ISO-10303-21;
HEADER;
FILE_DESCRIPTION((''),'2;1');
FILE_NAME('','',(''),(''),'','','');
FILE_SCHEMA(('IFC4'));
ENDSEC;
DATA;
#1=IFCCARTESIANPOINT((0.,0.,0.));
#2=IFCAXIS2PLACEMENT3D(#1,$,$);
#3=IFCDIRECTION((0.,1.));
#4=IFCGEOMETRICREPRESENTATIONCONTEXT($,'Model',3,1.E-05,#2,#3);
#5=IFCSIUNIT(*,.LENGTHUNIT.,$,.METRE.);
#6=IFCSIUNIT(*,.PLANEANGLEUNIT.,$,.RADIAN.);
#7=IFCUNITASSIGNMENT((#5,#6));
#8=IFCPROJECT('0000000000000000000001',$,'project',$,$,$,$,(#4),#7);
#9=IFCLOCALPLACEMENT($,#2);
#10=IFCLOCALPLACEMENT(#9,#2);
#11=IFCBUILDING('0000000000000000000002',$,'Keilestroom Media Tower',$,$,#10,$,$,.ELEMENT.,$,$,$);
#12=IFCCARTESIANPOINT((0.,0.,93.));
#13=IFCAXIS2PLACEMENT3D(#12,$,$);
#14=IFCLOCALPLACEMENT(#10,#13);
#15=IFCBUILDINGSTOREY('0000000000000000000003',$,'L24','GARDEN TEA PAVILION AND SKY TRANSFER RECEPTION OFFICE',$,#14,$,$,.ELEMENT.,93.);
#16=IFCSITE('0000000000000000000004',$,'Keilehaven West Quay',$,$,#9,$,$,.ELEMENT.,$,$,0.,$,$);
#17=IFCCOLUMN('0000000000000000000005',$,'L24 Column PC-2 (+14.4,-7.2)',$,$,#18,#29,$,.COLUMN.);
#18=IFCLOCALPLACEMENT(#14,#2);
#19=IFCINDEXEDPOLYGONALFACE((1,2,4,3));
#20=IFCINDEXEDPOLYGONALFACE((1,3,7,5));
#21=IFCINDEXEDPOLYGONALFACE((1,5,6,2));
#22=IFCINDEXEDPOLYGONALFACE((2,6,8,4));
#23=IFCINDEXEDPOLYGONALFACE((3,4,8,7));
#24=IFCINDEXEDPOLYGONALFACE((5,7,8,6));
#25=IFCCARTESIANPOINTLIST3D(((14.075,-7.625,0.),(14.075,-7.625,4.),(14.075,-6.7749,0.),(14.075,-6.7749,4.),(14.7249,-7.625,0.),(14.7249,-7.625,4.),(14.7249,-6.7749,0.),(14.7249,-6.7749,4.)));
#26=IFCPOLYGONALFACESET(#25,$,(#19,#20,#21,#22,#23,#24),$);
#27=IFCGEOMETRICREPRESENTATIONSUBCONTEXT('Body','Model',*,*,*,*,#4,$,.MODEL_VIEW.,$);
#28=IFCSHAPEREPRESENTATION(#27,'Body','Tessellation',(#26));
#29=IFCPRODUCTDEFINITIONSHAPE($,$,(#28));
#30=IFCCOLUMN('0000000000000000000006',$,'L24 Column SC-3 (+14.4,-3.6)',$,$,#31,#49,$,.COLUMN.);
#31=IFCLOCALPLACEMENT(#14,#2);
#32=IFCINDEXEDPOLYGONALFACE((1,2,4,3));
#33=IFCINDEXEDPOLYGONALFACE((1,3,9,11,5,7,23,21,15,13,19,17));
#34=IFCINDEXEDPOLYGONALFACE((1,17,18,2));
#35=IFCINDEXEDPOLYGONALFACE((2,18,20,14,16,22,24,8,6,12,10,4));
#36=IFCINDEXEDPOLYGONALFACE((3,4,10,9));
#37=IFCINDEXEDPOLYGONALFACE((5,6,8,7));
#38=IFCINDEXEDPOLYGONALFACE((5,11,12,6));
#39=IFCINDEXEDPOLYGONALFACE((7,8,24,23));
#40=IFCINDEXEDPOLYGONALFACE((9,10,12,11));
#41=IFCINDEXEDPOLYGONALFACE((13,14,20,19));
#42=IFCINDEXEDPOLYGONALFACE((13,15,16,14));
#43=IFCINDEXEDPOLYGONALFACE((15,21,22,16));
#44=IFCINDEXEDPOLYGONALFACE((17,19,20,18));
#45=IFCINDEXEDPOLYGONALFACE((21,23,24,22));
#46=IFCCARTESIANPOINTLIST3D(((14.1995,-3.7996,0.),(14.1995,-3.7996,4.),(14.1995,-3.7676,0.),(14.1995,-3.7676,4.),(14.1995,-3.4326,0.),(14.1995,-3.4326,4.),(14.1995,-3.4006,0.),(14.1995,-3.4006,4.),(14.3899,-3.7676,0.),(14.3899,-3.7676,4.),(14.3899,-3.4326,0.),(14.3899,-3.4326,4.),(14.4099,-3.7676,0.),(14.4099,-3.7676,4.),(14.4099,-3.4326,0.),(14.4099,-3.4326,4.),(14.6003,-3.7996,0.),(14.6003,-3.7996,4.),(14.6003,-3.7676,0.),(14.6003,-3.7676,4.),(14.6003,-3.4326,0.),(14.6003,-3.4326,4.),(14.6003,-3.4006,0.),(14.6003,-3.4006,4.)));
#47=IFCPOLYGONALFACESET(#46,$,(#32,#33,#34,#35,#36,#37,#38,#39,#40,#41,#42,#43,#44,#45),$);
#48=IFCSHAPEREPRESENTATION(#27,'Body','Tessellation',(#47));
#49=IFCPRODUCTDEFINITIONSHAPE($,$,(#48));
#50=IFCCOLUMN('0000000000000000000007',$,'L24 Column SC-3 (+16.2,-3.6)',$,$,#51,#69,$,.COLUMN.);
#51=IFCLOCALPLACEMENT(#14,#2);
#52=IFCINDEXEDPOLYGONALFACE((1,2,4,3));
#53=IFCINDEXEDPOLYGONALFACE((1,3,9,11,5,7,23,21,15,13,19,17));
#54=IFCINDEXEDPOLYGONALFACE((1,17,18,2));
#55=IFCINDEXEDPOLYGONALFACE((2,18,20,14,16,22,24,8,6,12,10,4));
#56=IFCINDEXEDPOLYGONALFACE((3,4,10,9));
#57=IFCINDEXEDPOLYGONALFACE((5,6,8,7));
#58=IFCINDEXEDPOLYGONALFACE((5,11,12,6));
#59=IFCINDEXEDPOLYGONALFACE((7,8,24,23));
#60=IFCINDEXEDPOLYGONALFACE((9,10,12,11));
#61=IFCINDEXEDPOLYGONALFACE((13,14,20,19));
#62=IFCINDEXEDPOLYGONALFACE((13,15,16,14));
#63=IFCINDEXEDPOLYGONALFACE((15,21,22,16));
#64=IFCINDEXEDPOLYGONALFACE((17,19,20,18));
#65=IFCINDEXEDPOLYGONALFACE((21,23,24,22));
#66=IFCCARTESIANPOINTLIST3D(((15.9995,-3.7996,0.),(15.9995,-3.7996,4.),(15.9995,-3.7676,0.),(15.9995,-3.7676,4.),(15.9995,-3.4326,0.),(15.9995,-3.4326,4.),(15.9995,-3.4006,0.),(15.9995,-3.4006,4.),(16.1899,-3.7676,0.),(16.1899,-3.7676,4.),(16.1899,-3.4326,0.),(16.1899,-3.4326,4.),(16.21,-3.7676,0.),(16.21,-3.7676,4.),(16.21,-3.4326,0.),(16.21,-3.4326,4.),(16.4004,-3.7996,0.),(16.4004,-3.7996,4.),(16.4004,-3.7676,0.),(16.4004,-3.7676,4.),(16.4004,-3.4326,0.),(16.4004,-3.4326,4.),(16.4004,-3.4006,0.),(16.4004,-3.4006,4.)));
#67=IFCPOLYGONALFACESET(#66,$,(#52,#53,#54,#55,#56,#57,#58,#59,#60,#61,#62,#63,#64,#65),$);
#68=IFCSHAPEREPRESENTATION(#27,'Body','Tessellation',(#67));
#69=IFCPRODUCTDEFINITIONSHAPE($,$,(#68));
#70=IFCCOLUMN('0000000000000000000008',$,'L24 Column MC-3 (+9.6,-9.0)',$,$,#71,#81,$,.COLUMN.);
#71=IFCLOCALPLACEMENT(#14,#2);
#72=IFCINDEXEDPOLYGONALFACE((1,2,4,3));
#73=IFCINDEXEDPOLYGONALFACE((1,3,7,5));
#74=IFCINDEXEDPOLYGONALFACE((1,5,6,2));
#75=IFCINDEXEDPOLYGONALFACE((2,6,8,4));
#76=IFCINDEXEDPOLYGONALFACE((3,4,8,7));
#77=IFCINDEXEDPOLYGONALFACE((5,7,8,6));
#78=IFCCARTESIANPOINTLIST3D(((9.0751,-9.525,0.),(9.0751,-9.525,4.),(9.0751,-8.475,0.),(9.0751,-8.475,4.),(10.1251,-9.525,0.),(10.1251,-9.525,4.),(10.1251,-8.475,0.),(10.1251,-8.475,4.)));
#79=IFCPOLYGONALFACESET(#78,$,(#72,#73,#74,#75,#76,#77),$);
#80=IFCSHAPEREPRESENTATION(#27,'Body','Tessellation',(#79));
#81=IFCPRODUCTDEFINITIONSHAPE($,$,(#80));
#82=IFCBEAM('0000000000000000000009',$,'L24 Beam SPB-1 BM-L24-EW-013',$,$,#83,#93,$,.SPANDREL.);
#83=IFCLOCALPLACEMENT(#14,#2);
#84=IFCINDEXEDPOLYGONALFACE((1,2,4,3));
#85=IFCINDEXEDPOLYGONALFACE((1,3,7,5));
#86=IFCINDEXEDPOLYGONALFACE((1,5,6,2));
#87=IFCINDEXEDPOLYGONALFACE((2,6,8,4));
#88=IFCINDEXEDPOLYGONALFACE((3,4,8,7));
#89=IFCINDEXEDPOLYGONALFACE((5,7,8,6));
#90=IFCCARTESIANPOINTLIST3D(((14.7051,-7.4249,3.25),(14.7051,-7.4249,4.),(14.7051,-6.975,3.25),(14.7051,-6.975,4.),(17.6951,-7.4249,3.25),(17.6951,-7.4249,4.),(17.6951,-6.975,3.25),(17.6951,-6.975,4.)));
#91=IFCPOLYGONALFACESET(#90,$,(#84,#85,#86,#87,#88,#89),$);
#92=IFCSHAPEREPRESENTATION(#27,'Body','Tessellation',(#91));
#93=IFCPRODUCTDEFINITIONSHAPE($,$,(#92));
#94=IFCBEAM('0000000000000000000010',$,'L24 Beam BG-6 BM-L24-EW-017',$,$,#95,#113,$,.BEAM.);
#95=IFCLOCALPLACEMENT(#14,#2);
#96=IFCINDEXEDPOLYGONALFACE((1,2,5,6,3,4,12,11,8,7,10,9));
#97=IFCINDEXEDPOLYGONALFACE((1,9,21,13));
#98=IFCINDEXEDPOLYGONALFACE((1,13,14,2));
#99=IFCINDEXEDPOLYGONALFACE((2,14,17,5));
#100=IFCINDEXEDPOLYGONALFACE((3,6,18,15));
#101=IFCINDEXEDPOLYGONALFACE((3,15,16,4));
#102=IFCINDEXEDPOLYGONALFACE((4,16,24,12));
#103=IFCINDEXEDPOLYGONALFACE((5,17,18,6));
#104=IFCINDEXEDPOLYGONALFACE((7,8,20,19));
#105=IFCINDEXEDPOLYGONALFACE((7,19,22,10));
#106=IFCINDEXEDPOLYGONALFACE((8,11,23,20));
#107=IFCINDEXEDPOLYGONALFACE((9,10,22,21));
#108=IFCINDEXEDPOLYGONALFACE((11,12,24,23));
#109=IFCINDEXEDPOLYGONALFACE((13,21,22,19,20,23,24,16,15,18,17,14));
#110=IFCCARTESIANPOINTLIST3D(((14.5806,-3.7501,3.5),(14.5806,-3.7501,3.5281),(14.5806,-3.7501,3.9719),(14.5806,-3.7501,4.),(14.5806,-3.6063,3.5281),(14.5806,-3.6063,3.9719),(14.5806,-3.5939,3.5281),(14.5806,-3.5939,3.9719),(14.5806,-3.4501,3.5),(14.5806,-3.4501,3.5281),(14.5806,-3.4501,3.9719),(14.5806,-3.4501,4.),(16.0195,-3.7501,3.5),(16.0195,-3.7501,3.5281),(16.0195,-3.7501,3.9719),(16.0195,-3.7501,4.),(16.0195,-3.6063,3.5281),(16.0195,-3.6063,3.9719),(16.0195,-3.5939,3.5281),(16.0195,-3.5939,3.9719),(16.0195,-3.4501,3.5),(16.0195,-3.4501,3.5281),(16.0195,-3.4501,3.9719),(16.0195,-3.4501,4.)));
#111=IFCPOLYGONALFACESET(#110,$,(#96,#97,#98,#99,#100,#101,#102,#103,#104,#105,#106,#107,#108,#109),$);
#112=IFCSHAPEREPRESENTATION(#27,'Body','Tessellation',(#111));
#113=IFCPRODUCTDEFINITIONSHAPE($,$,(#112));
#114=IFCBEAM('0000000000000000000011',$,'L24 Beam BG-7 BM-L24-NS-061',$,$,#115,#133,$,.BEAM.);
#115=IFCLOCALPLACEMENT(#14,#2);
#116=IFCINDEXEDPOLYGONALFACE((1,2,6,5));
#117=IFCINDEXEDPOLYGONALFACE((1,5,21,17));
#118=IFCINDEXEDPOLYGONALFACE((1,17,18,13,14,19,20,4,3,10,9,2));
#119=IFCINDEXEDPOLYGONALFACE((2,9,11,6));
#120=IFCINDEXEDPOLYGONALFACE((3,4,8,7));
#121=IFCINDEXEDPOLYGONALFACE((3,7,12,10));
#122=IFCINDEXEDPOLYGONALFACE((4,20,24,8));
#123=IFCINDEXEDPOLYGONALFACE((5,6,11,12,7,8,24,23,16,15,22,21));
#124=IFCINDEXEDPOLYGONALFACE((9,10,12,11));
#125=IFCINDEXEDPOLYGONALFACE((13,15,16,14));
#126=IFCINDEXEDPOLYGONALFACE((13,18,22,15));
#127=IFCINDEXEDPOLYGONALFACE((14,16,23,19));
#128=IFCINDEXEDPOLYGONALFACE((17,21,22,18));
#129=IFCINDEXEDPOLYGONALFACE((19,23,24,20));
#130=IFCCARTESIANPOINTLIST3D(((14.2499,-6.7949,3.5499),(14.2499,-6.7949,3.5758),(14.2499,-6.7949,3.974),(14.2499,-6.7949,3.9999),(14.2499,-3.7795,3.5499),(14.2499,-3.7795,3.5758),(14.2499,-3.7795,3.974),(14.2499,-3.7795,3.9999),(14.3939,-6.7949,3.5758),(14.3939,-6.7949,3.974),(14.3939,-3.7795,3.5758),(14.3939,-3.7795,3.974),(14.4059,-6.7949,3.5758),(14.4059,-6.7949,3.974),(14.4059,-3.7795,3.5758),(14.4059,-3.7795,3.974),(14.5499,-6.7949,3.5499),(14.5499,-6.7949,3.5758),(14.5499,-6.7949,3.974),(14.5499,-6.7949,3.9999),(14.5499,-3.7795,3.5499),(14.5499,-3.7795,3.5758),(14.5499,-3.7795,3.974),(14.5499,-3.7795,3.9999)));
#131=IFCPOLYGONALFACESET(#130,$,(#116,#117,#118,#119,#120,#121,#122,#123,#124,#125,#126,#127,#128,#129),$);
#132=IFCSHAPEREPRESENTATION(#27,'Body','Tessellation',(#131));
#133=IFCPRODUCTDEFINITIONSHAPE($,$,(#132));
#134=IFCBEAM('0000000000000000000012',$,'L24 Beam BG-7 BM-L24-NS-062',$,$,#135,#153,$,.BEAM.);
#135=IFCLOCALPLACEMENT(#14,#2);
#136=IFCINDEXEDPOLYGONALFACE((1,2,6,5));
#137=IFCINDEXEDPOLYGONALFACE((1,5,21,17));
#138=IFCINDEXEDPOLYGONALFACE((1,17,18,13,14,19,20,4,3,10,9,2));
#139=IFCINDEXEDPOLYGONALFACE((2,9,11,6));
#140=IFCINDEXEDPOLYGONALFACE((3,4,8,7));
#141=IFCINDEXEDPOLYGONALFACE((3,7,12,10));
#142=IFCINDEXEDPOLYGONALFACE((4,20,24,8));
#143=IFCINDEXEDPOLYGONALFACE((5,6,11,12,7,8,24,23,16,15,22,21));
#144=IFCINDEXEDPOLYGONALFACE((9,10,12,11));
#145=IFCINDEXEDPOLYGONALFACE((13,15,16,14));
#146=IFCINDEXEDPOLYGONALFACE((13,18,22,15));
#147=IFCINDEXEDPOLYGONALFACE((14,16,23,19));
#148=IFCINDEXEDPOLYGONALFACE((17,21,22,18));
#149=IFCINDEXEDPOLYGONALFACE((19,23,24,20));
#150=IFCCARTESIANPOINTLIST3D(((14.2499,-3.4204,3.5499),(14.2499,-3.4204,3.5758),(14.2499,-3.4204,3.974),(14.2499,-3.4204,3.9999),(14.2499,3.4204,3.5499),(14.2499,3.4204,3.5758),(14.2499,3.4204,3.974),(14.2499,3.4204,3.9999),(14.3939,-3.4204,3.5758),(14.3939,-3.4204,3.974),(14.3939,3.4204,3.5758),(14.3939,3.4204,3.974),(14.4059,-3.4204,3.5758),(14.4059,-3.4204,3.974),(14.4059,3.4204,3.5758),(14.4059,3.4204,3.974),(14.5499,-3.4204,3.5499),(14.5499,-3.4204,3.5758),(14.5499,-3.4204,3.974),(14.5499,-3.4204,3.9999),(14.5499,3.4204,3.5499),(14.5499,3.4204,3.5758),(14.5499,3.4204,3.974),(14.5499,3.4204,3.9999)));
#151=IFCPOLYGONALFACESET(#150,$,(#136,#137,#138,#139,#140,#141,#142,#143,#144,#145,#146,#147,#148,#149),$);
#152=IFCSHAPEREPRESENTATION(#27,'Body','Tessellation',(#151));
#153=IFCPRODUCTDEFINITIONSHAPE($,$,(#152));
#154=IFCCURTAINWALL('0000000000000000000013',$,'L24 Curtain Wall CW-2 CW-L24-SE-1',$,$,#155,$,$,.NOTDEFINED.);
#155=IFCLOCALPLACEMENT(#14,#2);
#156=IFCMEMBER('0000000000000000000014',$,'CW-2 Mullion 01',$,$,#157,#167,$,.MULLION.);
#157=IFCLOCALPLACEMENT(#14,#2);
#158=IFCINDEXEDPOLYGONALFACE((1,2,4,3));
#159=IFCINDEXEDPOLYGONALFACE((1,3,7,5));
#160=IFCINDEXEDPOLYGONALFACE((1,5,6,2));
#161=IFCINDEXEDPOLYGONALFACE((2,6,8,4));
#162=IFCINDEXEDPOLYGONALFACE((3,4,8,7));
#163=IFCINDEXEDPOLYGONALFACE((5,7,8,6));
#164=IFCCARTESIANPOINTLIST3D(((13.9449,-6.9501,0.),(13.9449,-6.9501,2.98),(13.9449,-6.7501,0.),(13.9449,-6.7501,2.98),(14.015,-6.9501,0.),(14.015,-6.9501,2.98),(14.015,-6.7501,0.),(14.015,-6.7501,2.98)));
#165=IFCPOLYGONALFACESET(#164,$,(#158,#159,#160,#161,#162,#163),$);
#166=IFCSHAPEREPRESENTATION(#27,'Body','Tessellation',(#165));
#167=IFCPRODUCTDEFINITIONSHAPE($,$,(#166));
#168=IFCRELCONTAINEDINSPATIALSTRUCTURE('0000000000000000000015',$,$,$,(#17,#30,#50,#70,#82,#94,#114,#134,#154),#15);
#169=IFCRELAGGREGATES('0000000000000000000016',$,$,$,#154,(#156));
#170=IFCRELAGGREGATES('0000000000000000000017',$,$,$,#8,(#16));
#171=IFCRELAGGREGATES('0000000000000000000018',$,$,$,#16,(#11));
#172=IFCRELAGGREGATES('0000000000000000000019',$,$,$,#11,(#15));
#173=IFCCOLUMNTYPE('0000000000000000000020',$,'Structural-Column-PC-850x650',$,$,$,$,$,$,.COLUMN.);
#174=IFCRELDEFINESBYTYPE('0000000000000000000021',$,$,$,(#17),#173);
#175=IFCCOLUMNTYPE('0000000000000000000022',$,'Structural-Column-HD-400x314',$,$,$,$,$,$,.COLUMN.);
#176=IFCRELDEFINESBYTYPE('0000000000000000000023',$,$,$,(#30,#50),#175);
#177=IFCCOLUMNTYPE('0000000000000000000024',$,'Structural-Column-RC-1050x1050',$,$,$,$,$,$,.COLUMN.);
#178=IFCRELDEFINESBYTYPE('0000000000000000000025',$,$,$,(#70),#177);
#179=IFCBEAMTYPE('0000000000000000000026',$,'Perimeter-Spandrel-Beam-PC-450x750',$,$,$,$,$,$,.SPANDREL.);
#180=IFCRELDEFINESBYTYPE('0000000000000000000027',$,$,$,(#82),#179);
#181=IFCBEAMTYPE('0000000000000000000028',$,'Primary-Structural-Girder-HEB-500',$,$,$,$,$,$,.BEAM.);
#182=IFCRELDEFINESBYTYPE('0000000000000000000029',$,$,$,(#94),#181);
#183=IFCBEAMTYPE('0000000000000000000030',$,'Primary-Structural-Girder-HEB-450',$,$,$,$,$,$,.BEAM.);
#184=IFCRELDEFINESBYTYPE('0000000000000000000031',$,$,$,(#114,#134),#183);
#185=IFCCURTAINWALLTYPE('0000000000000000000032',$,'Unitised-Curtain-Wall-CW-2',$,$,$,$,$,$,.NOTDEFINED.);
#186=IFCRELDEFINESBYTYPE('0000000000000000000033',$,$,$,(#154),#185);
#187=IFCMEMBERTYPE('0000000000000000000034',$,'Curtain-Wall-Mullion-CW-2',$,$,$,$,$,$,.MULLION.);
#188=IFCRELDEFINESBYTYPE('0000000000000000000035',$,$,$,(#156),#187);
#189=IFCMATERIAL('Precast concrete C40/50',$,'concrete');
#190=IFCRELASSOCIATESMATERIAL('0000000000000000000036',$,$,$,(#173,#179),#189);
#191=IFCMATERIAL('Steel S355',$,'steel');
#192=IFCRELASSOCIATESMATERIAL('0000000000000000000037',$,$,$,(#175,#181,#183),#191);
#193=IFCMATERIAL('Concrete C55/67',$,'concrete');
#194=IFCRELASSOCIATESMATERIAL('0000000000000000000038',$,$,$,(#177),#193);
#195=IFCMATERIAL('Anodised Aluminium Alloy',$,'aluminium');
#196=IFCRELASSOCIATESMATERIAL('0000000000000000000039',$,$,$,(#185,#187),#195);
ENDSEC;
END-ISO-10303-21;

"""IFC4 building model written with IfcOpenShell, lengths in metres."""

from ifc_helpers import new_model, si_unit, direction, frame, origin, origin_2d, place, context, subcontext, project, spatial, rectangle, i_section, extrude, source, transform, mapped, material, material_profile, profile_set, type_object, element, aggregate, save


model = new_model("IFC4")

# Units and contexts
model_context = context("Model", 3, precision=1e-05, world=origin(), true_north=direction((0.0, 1.0)))
body_context = subcontext(model_context, "Body", "Model", "MODEL_VIEW")
ifc_project = project(units=[si_unit("LENGTHUNIT", "METRE"), si_unit("PLANEANGLEUNIT", "RADIAN")], contexts=[model_context])

# Site, building, storey
site_placement = place(None, origin())
site = spatial("IfcSite", under=ifc_project, at=site_placement, Name="Keilehaven West Quay", CompositionType="ELEMENT", RefElevation=0.0)
building_placement = place(site_placement, origin())
building = spatial("IfcBuilding", under=site, at=building_placement, Name="Keilestroom Media Tower", CompositionType="ELEMENT")
storey_placement = place(building_placement, frame((0.0, 0.0, 93.0)))
storey = spatial("IfcBuildingStorey", under=building, at=storey_placement, Name="L24", Description="GARDEN TEA PAVILION AND SKY TRANSFER RECEPTION OFFICE", CompositionType="ELEMENT", Elevation=93.0)

# Columns
ifc_material_1 = material(Name="Precast concrete C40/50", Category="concrete")
ifc_material_profile_1 = material_profile(ifc_material_1, rectangle(XDim=0.6499, YDim=0.8501, at=origin_2d()), Name="PC 850x650")
ifc_profile_set_1 = profile_set([ifc_material_profile_1], Name="Precast concrete C40/50")
column_type_1 = type_object("IfcColumnType", Name="Structural-Column-PC-850x650", PredefinedType="COLUMN", material=ifc_profile_set_1)
shared_shape_1 = source(origin(), body_context, "Body", "SweptSolid", [
    extrude(rectangle(XDim=0.6499, YDim=0.8501, at=origin_2d()), origin(), (0.0, 0.0, 1.0), 4.0),
])
column_1_placement = place(storey_placement, frame((14.3999, -7.2, 0.0), z_axis=(0.0, 0.0, 1.0), x_axis=(1.0, 0.0, 0.0)))
element("IfcColumn", 1, at=column_1_placement, inside=storey, type_object=column_type_1, Name="L24 Column PC-2 (+14.4,-7.2)", PredefinedType="COLUMN", context=body_context, shape_type="MappedRepresentation", body=[
    mapped(shared_shape_1, transform((0.0, 0.0, 0.0), x_axis=(1.0, 0.0, 0.0), y_axis=(0.0, 1.0, 0.0), z_axis=(0.0, 0.0, 1.0), scale=1.0)),
])
ifc_material_2 = material(Name="Steel S355", Category="steel")
ifc_material_profile_2 = material_profile(ifc_material_2, i_section(OverallWidth=0.4009, OverallDepth=0.3989, WebThickness=0.02, FlangeThickness=0.032, at=origin_2d()), Name="HD 400x314")
ifc_profile_set_2 = profile_set([ifc_material_profile_2], Name="Steel S355")
column_type_2 = type_object("IfcColumnType", Name="Structural-Column-HD-400x314", PredefinedType="COLUMN", material=ifc_profile_set_2)
shared_shape_2 = source(origin(), body_context, "Body", "SweptSolid", [
    extrude(i_section(OverallWidth=0.4009, OverallDepth=0.3989, WebThickness=0.02, FlangeThickness=0.032, at=origin_2d()), origin(), (0.0, 0.0, 1.0), 4.0),
])
for number, where, z_axis, x_axis, name in (
    (2, (14.3999, -3.6001, 0.0), (0.0, 0.0, 1.0), (1.0, 0.0, 0.0), "L24 Column SC-3 (+14.4,-3.6)"),
    (3, (16.2, -3.6001, 0.0), (0.0, 0.0, 1.0), (1.0, 0.0, 0.0), "L24 Column SC-3 (+16.2,-3.6)"),
):
    element("IfcColumn", number, at=place(storey_placement, frame(where, z_axis=z_axis, x_axis=x_axis)), inside=storey, type_object=column_type_2, Name=name, PredefinedType="COLUMN", context=body_context, shape_type="MappedRepresentation", body=[
        mapped(shared_shape_2, transform((0.0, 0.0, 0.0), x_axis=(1.0, 0.0, 0.0), y_axis=(0.0, 1.0, 0.0), z_axis=(0.0, 0.0, 1.0), scale=1.0)),
    ])
ifc_material_3 = material(Name="Concrete C55/67", Category="concrete")
ifc_material_profile_3 = material_profile(ifc_material_3, rectangle(XDim=1.05, YDim=1.05, at=origin_2d()), Name="RC 1050x1050")
ifc_profile_set_3 = profile_set([ifc_material_profile_3], Name="Concrete C55/67")
column_type_3 = type_object("IfcColumnType", Name="Structural-Column-RC-1050x1050", PredefinedType="COLUMN", material=ifc_profile_set_3)
shared_shape_3 = source(origin(), body_context, "Body", "SweptSolid", [
    extrude(rectangle(XDim=1.05, YDim=1.05, at=origin_2d()), origin(), (0.0, 0.0, 1.0), 4.0),
])
column_2_placement = place(storey_placement, frame((9.6001, -9.0, 0.0), z_axis=(0.0, 0.0, 1.0), x_axis=(1.0, 0.0, 0.0)))
element("IfcColumn", 4, at=column_2_placement, inside=storey, type_object=column_type_3, Name="L24 Column MC-3 (+9.6,-9.0)", PredefinedType="COLUMN", context=body_context, shape_type="MappedRepresentation", body=[
    mapped(shared_shape_3, transform((0.0, 0.0, 0.0), x_axis=(1.0, 0.0, 0.0), y_axis=(0.0, 1.0, 0.0), z_axis=(0.0, 0.0, 1.0), scale=1.0)),
])

# Beams
ifc_material_profile_4 = material_profile(ifc_material_1, rectangle(XDim=0.45, YDim=0.75, at=origin_2d()), Name="PC 450x750")
ifc_profile_set_4 = profile_set([ifc_material_profile_4], Name="Precast concrete C40/50")
beam_type_1 = type_object("IfcBeamType", Name="Perimeter-Spandrel-Beam-PC-450x750", PredefinedType="SPANDREL", material=ifc_profile_set_4)
shared_shape_4 = source(origin(), body_context, "Body", "SweptSolid", [
    extrude(rectangle(XDim=0.45, YDim=0.75, at=origin_2d()), origin(), (0.0, 0.0, 1.0), 2.99),
])
beam_1_placement = place(storey_placement, frame((14.7051, -7.2, 3.625), z_axis=(1.0, 0.0, 0.0), x_axis=(0.0, 1.0, 0.0)))
element("IfcBeam", 5, at=beam_1_placement, inside=storey, type_object=beam_type_1, Name="L24 Beam SPB-1 BM-L24-EW-013", PredefinedType="SPANDREL", context=body_context, shape_type="MappedRepresentation", body=[
    mapped(shared_shape_4, transform((0.0, 0.0, 0.0), x_axis=(1.0, 0.0, 0.0), y_axis=(0.0, 1.0, 0.0), z_axis=(0.0, 0.0, 1.0), scale=1.0)),
])
ifc_material_profile_5 = material_profile(ifc_material_2, i_section(OverallWidth=0.3, OverallDepth=0.5, WebThickness=0.0125, FlangeThickness=0.0281, at=origin_2d()), Name="HEB 500")
ifc_profile_set_5 = profile_set([ifc_material_profile_5], Name="Steel S355")
beam_type_2 = type_object("IfcBeamType", Name="Primary-Structural-Girder-HEB-500", PredefinedType="BEAM", material=ifc_profile_set_5)
shared_shape_5 = source(origin(), body_context, "Body", "SweptSolid", [
    extrude(i_section(OverallWidth=0.3, OverallDepth=0.5, WebThickness=0.0125, FlangeThickness=0.0281, at=origin_2d()), origin(), (0.0, 0.0, 1.0), 1.439),
])
beam_2_placement = place(storey_placement, frame((14.5806, -3.6001, 3.75), z_axis=(1.0, 0.0, 0.0), x_axis=(0.0, 1.0, 0.0)))
element("IfcBeam", 6, at=beam_2_placement, inside=storey, type_object=beam_type_2, Name="L24 Beam BG-6 BM-L24-EW-017", PredefinedType="BEAM", context=body_context, shape_type="MappedRepresentation", body=[
    mapped(shared_shape_5, transform((0.0, 0.0, 0.0), x_axis=(1.0, 0.0, 0.0), y_axis=(0.0, 1.0, 0.0), z_axis=(0.0, 0.0, 1.0), scale=1.0)),
])
ifc_material_profile_6 = material_profile(ifc_material_2, i_section(OverallWidth=0.3, OverallDepth=0.45, WebThickness=0.012, FlangeThickness=0.0259, at=origin_2d()), Name="HEB 450")
ifc_profile_set_6 = profile_set([ifc_material_profile_6], Name="Steel S355")
beam_type_3 = type_object("IfcBeamType", Name="Primary-Structural-Girder-HEB-450", PredefinedType="BEAM", material=ifc_profile_set_6)
shared_shape_6 = source(origin(), body_context, "Body", "SweptSolid", [
    extrude(i_section(OverallWidth=0.3, OverallDepth=0.45, WebThickness=0.012, FlangeThickness=0.0259, at=origin_2d()), origin(), (0.0, 0.0, 1.0), 3.0154),
])
beam_3_placement = place(storey_placement, frame((14.3999, -6.7949, 3.7749), z_axis=(0.0, 1.0, 0.0), x_axis=(-1.0, 0.0, 0.0)))
element("IfcBeam", 7, at=beam_3_placement, inside=storey, type_object=beam_type_3, Name="L24 Beam BG-7 BM-L24-NS-061", PredefinedType="BEAM", context=body_context, shape_type="MappedRepresentation", body=[
    mapped(shared_shape_6, transform((0.0, 0.0, 0.0), x_axis=(1.0, 0.0, 0.0), y_axis=(0.0, 1.0, 0.0), z_axis=(0.0, 0.0, 1.0), scale=1.0)),
])
shared_shape_7 = source(origin(), body_context, "Body", "SweptSolid", [
    extrude(i_section(OverallWidth=0.3, OverallDepth=0.45, WebThickness=0.012, FlangeThickness=0.0259, at=origin_2d()), origin(), (0.0, 0.0, 1.0), 6.8408),
])
beam_4_placement = place(storey_placement, frame((14.3999, -3.4204, 3.7749), z_axis=(0.0, 1.0, 0.0), x_axis=(-1.0, 0.0, 0.0)))
element("IfcBeam", 8, at=beam_4_placement, inside=storey, type_object=beam_type_3, Name="L24 Beam BG-7 BM-L24-NS-062", PredefinedType="BEAM", context=body_context, shape_type="MappedRepresentation", body=[
    mapped(shared_shape_7, transform((0.0, 0.0, 0.0), x_axis=(1.0, 0.0, 0.0), y_axis=(0.0, 1.0, 0.0), z_axis=(0.0, 0.0, 1.0), scale=1.0)),
])

# Curtain wall, member
ifc_material_4 = material(Name="Anodised Aluminium Alloy", Category="aluminium")
curtain_wall_type = type_object("IfcCurtainWallType", Name="Unitised-Curtain-Wall-CW-2", PredefinedType="NOTDEFINED", material=ifc_material_4)
curtain_wall_1_placement = place(storey_placement, origin())
curtain_wall_1 = element("IfcCurtainWall", 9, at=curtain_wall_1_placement, inside=storey, type_object=curtain_wall_type, Name="L24 Curtain Wall CW-2 CW-L24-SE-1", PredefinedType="NOTDEFINED")
ifc_material_profile_7 = material_profile(ifc_material_4, rectangle(XDim=0.0701, YDim=0.2, at=origin_2d()), Name="ALU MULLION 70x200")
ifc_profile_set_7 = profile_set([ifc_material_profile_7], Name="Anodised Aluminium Alloy")
member_type_1 = type_object("IfcMemberType", Name="Curtain-Wall-Mullion-CW-2", PredefinedType="MULLION", material=ifc_profile_set_7)
shared_shape_8 = source(origin(), body_context, "Body", "SweptSolid", [
    extrude(rectangle(XDim=0.0701, YDim=0.2, at=origin_2d()), origin(), (0.0, 0.0, 1.0), 2.98),
])
member_1_placement = place(storey_placement, frame((13.98, -6.8501, 0.0), z_axis=(0.0, 0.0, 1.0), x_axis=(1.0, 0.0, 0.0)))
member_1 = element("IfcMember", 10, at=member_1_placement, type_object=member_type_1, Name="CW-2 Mullion 01", PredefinedType="MULLION", context=body_context, shape_type="MappedRepresentation", body=[
    mapped(shared_shape_8, transform((0.0, 0.0, 0.0), x_axis=(1.0, 0.0, 0.0), y_axis=(0.0, 1.0, 0.0), z_axis=(0.0, 0.0, 1.0), scale=1.0)),
])

aggregate(curtain_wall_1, [member_1])

save(model, "model.ifc")
